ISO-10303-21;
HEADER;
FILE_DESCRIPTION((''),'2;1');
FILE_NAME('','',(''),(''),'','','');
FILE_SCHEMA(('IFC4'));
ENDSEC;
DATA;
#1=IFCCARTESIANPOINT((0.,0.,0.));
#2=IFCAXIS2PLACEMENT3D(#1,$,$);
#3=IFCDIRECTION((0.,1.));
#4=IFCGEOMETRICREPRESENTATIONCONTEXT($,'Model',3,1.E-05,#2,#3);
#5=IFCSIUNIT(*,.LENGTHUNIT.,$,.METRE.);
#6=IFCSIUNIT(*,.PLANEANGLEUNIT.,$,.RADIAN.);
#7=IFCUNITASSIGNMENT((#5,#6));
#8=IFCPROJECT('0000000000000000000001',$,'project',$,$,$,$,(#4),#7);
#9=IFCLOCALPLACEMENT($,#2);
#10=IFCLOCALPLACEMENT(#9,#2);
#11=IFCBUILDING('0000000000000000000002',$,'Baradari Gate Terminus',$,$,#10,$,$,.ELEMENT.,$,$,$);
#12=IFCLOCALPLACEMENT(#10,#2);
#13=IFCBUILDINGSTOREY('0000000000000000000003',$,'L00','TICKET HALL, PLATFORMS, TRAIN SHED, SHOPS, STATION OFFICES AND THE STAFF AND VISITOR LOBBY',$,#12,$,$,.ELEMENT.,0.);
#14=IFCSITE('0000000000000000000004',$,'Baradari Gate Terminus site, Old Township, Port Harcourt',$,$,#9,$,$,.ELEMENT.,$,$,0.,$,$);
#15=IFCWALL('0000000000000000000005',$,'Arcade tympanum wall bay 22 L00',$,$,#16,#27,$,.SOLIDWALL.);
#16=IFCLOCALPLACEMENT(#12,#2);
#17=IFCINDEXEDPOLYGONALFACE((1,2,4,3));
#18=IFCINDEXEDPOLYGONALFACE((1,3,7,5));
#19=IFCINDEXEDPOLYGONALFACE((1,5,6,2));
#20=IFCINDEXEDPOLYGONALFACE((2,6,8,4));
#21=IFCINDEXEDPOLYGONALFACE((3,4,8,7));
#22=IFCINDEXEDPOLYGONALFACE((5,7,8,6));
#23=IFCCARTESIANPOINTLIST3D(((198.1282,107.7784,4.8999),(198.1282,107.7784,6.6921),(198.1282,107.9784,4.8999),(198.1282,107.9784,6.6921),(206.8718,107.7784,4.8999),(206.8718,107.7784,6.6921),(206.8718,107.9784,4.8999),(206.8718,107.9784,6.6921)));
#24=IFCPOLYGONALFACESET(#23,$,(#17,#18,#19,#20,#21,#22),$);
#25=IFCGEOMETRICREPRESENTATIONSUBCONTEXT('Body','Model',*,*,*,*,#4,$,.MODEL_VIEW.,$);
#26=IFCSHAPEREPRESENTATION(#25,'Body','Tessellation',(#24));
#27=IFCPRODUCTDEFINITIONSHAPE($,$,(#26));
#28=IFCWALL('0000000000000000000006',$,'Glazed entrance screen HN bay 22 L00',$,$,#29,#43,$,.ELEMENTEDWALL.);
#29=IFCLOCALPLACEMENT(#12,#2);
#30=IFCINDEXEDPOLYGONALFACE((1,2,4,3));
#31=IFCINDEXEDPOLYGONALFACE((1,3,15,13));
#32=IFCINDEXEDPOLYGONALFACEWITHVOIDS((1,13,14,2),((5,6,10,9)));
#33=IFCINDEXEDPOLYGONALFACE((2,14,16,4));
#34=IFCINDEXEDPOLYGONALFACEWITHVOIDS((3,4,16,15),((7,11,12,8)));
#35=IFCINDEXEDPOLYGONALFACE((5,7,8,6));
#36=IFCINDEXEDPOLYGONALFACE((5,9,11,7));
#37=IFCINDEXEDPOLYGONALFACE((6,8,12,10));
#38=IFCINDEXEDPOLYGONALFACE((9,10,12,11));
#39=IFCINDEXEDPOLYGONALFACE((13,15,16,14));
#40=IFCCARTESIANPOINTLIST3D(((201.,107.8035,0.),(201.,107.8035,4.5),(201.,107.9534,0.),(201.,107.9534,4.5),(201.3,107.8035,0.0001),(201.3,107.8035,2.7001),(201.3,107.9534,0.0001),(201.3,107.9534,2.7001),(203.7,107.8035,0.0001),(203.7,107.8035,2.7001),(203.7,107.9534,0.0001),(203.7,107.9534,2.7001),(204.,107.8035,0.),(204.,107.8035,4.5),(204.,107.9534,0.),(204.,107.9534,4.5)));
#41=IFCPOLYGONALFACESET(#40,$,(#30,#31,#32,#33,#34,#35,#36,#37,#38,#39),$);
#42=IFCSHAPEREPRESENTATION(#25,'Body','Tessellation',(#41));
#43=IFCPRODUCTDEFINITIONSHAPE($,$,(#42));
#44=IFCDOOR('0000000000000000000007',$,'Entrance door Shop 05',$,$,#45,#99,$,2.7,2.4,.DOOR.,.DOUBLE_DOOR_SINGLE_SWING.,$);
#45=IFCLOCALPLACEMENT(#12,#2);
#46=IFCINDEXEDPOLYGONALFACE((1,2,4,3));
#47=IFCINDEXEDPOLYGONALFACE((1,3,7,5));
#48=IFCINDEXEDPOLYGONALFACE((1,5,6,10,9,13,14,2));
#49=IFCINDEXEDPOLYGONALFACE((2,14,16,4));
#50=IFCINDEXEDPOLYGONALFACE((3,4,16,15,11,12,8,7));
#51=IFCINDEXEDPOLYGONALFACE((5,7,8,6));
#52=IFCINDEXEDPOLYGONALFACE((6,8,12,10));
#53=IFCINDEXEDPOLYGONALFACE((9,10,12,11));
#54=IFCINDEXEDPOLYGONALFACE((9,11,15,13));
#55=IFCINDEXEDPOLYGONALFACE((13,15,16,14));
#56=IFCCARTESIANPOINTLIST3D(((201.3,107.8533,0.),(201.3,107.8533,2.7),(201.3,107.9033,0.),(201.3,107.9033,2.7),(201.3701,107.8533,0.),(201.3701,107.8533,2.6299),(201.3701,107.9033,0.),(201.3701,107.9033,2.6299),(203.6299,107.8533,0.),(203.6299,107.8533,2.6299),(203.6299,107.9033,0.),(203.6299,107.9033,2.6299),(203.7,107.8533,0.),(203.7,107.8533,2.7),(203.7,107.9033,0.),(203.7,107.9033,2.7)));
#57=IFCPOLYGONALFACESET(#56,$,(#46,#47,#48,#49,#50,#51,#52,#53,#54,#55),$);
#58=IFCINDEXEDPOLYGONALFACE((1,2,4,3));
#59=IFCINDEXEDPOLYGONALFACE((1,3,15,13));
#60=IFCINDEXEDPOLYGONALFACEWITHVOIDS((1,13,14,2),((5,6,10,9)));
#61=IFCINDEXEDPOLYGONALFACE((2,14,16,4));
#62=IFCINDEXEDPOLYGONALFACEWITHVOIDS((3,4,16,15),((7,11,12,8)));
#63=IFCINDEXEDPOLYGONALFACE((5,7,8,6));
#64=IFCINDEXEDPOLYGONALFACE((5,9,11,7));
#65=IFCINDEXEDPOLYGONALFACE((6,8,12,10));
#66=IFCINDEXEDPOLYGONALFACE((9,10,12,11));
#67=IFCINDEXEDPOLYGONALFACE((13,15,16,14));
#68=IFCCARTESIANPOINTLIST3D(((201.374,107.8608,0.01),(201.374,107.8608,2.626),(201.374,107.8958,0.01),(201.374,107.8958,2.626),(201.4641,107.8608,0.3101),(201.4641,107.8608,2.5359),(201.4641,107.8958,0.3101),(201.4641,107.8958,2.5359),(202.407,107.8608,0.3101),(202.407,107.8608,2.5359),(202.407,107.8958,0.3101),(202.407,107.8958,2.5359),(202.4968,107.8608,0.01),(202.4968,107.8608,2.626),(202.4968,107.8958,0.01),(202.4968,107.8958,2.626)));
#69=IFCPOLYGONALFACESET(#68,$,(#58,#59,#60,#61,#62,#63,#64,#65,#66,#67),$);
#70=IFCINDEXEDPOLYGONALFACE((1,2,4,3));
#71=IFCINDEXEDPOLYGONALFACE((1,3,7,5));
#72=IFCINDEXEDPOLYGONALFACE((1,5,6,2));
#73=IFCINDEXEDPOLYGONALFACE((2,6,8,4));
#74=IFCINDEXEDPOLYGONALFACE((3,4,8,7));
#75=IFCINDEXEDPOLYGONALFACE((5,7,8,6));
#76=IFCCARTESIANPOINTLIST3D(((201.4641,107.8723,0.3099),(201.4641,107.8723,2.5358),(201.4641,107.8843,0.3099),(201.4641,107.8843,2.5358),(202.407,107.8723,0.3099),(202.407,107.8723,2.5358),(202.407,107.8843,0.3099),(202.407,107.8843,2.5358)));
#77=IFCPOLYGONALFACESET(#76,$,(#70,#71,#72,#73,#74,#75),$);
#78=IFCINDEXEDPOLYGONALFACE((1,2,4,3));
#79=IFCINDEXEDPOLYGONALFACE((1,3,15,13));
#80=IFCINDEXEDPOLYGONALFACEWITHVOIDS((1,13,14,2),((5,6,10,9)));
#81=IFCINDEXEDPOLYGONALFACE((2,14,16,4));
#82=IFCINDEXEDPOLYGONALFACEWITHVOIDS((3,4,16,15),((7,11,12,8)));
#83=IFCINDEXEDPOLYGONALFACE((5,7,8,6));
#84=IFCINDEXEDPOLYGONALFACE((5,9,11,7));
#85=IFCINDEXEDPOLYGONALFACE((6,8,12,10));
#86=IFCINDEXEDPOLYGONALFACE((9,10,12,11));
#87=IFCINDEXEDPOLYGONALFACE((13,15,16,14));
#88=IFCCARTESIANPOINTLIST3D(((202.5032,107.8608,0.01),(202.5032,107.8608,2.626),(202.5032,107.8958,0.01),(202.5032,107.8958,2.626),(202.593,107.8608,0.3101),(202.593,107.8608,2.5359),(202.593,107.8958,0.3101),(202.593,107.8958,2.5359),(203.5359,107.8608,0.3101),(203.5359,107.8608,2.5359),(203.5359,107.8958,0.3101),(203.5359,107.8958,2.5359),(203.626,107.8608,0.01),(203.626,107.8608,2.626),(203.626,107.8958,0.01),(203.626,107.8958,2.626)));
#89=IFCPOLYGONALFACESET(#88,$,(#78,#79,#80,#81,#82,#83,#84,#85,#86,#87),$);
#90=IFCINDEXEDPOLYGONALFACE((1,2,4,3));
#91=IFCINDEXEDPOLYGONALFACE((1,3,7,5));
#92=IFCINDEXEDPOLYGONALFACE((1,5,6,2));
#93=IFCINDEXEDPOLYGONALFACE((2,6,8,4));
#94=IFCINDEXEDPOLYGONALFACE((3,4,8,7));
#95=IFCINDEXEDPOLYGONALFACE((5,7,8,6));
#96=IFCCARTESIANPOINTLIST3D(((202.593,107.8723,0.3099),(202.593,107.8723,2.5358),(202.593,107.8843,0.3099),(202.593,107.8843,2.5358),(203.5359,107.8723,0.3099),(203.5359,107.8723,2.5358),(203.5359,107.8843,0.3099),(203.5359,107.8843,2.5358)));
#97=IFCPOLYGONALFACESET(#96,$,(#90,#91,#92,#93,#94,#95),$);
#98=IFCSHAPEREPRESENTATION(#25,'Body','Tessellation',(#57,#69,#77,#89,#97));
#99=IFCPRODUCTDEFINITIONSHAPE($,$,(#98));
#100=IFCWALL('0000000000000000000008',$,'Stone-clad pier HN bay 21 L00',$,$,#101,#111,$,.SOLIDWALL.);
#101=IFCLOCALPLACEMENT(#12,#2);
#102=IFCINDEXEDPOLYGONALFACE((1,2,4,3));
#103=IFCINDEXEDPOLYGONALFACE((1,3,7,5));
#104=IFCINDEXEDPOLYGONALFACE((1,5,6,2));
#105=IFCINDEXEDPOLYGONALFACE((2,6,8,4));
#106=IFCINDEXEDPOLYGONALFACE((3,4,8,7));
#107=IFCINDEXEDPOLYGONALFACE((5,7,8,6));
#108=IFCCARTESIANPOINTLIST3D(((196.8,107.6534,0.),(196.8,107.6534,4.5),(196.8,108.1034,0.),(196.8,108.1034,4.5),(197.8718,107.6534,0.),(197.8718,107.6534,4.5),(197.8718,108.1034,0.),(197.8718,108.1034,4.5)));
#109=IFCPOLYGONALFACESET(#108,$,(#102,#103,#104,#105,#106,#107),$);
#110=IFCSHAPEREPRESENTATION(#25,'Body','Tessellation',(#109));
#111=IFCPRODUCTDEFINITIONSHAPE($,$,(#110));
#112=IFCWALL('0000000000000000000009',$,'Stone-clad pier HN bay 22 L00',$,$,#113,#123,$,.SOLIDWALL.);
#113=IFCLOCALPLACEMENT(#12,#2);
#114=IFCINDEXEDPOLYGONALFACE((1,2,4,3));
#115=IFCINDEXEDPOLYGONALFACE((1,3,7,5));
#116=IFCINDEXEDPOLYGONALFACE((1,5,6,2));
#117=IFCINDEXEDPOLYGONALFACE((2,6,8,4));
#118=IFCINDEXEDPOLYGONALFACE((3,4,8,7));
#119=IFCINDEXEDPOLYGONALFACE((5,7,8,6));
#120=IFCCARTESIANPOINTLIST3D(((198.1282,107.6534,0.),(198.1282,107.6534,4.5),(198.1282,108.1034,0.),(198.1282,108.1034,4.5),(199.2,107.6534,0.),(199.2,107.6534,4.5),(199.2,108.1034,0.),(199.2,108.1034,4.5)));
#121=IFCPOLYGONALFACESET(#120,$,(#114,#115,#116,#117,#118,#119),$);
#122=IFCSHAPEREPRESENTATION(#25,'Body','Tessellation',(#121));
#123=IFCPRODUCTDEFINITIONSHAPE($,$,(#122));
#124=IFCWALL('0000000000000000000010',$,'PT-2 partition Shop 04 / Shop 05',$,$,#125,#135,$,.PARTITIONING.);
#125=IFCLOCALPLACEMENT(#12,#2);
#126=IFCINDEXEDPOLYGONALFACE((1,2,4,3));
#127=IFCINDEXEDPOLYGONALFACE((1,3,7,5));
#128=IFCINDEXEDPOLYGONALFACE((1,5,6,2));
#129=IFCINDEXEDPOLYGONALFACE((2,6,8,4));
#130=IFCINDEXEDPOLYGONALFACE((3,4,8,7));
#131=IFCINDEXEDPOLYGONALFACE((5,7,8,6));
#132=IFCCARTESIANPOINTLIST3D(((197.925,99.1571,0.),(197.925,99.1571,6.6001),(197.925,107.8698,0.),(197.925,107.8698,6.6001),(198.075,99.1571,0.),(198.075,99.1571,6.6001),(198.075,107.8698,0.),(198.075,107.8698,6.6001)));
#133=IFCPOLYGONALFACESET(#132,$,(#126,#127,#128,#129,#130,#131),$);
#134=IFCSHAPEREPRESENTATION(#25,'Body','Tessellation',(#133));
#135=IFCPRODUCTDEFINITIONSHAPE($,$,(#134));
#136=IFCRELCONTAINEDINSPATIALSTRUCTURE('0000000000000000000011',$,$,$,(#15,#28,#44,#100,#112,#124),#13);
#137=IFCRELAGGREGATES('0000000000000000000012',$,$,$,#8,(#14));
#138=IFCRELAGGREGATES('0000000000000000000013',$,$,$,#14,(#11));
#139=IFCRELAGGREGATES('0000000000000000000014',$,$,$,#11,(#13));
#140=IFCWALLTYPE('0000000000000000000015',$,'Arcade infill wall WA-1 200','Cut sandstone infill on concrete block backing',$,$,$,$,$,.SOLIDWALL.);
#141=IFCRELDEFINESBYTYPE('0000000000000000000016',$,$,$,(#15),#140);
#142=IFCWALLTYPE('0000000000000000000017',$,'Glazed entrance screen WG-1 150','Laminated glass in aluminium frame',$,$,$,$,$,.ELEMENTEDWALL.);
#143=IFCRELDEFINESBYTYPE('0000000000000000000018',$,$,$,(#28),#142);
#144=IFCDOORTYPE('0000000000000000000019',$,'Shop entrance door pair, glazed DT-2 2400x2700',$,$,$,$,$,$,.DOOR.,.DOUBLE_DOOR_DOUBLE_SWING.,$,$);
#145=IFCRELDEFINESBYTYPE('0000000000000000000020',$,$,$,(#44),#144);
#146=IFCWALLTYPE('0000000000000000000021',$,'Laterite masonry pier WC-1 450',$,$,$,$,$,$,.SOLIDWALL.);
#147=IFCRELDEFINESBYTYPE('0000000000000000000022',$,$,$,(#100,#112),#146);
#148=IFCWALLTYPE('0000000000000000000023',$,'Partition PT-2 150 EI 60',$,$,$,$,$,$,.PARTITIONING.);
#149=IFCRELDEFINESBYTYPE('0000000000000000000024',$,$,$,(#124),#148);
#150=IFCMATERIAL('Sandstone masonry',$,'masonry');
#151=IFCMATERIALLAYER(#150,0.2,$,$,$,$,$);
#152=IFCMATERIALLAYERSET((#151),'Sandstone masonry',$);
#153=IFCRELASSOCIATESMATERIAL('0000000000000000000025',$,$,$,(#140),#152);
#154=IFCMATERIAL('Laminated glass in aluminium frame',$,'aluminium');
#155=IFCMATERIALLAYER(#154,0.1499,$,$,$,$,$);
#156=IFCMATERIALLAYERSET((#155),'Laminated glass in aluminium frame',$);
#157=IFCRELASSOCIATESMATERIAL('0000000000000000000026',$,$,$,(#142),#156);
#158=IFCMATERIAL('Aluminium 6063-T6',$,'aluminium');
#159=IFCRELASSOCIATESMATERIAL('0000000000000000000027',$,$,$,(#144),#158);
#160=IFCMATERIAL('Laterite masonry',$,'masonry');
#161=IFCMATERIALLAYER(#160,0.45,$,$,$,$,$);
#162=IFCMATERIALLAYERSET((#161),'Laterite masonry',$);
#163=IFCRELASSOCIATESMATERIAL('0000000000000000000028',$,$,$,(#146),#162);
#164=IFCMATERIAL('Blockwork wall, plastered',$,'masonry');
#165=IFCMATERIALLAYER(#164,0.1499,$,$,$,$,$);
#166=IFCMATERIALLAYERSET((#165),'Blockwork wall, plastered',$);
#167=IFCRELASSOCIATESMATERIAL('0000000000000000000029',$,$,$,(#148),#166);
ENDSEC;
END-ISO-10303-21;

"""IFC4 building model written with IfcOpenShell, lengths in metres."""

from ifc_helpers import new_model, si_unit, direction, frame, frame_2d, origin, place, context, subcontext, project, spatial, polyline, rectangle, outline, extrude, material, layer, layer_set, type_object, element, fill, save


model = new_model("IFC4")

# Units and contexts
model_context = context("Model", 3, precision=1e-05, world=origin(), true_north=direction((0.0, 1.0)))
body_context = subcontext(model_context, "Body", "Model", "MODEL_VIEW")
ifc_project = project(units=[si_unit("LENGTHUNIT", "METRE"), si_unit("PLANEANGLEUNIT", "RADIAN")], contexts=[model_context])

# Site, building, storey
site_placement = place(None, origin())
site = spatial("IfcSite", under=ifc_project, at=site_placement, Name="Baradari Gate Terminus site, Old Township, Port Harcourt", CompositionType="ELEMENT", RefElevation=0.0)
building_placement = place(site_placement, origin())
building = spatial("IfcBuilding", under=site, at=building_placement, Name="Baradari Gate Terminus", CompositionType="ELEMENT")
storey_placement = place(building_placement, origin())
storey = spatial("IfcBuildingStorey", under=building, at=storey_placement, Name="L00", Description="TICKET HALL, PLATFORMS, TRAIN SHED, SHOPS, STATION OFFICES AND THE STAFF AND VISITOR LOBBY", CompositionType="ELEMENT", Elevation=0.0)

# Wall
ifc_material_1 = material(Name="Sandstone masonry", Category="masonry")
ifc_layer_1 = layer(ifc_material_1, 0.2)
ifc_layer_set_1 = layer_set([ifc_layer_1], Name="Sandstone masonry")
wall_type_1 = type_object("IfcWallType", Name="Arcade infill wall WA-1 200", Description="Cut sandstone infill on concrete block backing", PredefinedType="SOLIDWALL", material=ifc_layer_set_1)
wall_1_placement = place(storey_placement, frame((198.1282, 107.8784, 4.8999), z_axis=(0.0, 0.0, 1.0), x_axis=(1.0, 0.0, 0.0)))
element("IfcWall", 1, at=wall_1_placement, inside=storey, type_object=wall_type_1, Name="Arcade tympanum wall bay 22 L00", PredefinedType="SOLIDWALL", context=body_context, shape_type="SweptSolid", body=[
    extrude(rectangle(XDim=8.7437, YDim=0.2, at=frame_2d((4.3718, 0.0))), origin(), (0.0, 0.0, 1.0), 1.7922),
])

# Wall, opening, door
ifc_material_2 = material(Name="Laminated glass in aluminium frame", Category="aluminium")
ifc_layer_2 = layer(ifc_material_2, 0.1499)
ifc_layer_set_2 = layer_set([ifc_layer_2], Name="Laminated glass in aluminium frame")
wall_type_2 = type_object("IfcWallType", Name="Glazed entrance screen WG-1 150", Description="Laminated glass in aluminium frame", PredefinedType="ELEMENTEDWALL", material=ifc_layer_set_2)
wall_2_placement = place(storey_placement, frame((201.0, 107.8784, 0.0), z_axis=(0.0, 0.0, 1.0), x_axis=(1.0, 0.0, 0.0)))
wall_2 = element("IfcWall", 2, at=wall_2_placement, inside=storey, type_object=wall_type_2, Name="Glazed entrance screen HN bay 22 L00", PredefinedType="ELEMENTEDWALL", context=body_context, shape_type="SweptSolid", body=[
    extrude(rectangle(XDim=3.0, YDim=0.1499, at=frame_2d((1.5, 0.0))), origin(), (0.0, 0.0, 1.0), 4.5),
])
opening_placement = place(wall_2_placement, frame((0.3, 0.0, 0.0)))
opening = element("IfcOpeningElement", 3, at=opening_placement, cuts=wall_2, PredefinedType="OPENING", context=body_context, shape_type="SweptSolid", body=[
    extrude(rectangle(XDim=2.3999, YDim=2.7, at=frame_2d((1.2, 1.3501))), frame((0.0, 0.085, 0.0), z_axis=(0.0, -1.0, 0.0), x_axis=(1.0, 0.0, 0.0)), (0.0, 0.0, 1.0), 0.1699),
])
ifc_material_3 = material(Name="Aluminium 6063-T6", Category="aluminium")
door_type = type_object("IfcDoorType", Name="Shop entrance door pair, glazed DT-2 2400x2700", OperationType="DOUBLE_DOOR_DOUBLE_SWING", PredefinedType="DOOR", material=ifc_material_3)
door_placement = place(opening_placement, origin())
door = element("IfcDoor", 4, at=door_placement, inside=storey, type_object=door_type, Name="Entrance door Shop 05", OperationType="DOUBLE_DOOR_SINGLE_SWING", OverallHeight=2.7, OverallWidth=2.4, PredefinedType="DOOR", context=body_context, shape_type="SweptSolid", body=[
    extrude(outline(polyline([(0.0, 0.0), (0.0701, 0.0), (0.0701, 2.6299), (2.3298, 2.6299), (2.3298, 0.0), (2.3999, 0.0), (2.3999, 2.7), (0.0, 2.7), (0.0, 0.0)])), frame((0.0, 0.0249, 0.0), z_axis=(0.0, -1.0, 0.0), x_axis=(1.0, 0.0, 0.0)), (0.0, 0.0, 1.0), 0.05),
    extrude(outline(polyline([(0.074, 0.01), (1.1968, 0.01), (1.1968, 2.626), (0.074, 2.626), (0.074, 0.01)]), holes=[polyline([(0.1641, 0.3101), (1.1069, 0.3101), (1.1069, 2.5359), (0.1641, 2.5359), (0.1641, 0.3101)])]), frame((0.0, 0.0173, 0.0), z_axis=(0.0, -1.0, 0.0), x_axis=(1.0, 0.0, 0.0)), (0.0, 0.0, 1.0), 0.0349),
    extrude(rectangle(XDim=0.9429, YDim=2.2258, at=frame_2d((0.6355, 1.4229))), frame((0.0, 0.0059, 0.0), z_axis=(0.0, -1.0, 0.0), x_axis=(1.0, 0.0, 0.0)), (0.0, 0.0, 1.0), 0.012),
    extrude(outline(polyline([(1.2031, 0.01), (2.3259, 0.01), (2.3259, 2.626), (1.2031, 2.626), (1.2031, 0.01)]), holes=[polyline([(1.293, 0.3101), (2.2358, 0.3101), (2.2358, 2.5359), (1.293, 2.5359), (1.293, 0.3101)])]), frame((0.0, 0.0173, 0.0), z_axis=(0.0, -1.0, 0.0), x_axis=(1.0, 0.0, 0.0)), (0.0, 0.0, 1.0), 0.0349),
    extrude(rectangle(XDim=0.9429, YDim=2.2258, at=frame_2d((1.7644, 1.4229))), frame((0.0, 0.0059, 0.0), z_axis=(0.0, -1.0, 0.0), x_axis=(1.0, 0.0, 0.0)), (0.0, 0.0, 1.0), 0.012),
])
fill(opening, door)

# Walls
ifc_material_4 = material(Name="Laterite masonry", Category="masonry")
ifc_layer_3 = layer(ifc_material_4, 0.45)
ifc_layer_set_3 = layer_set([ifc_layer_3], Name="Laterite masonry")
wall_type_3 = type_object("IfcWallType", Name="Laterite masonry pier WC-1 450", PredefinedType="SOLIDWALL", material=ifc_layer_set_3)
for number, where, z_axis, x_axis, name in (
    (5, (196.8, 107.8784, 0.0), (0.0, 0.0, 1.0), (1.0, 0.0, 0.0), "Stone-clad pier HN bay 21 L00"),
    (6, (198.1282, 107.8784, 0.0), (0.0, 0.0, 1.0), (1.0, 0.0, 0.0), "Stone-clad pier HN bay 22 L00"),
):
    element("IfcWall", number, at=place(storey_placement, frame(where, z_axis=z_axis, x_axis=x_axis)), inside=storey, type_object=wall_type_3, Name=name, PredefinedType="SOLIDWALL", context=body_context, shape_type="SweptSolid", body=[
        extrude(rectangle(XDim=1.0718, YDim=0.45, at=frame_2d((0.5359, 0.0))), origin(), (0.0, 0.0, 1.0), 4.5),
    ])
ifc_material_5 = material(Name="Blockwork wall, plastered", Category="masonry")
ifc_layer_4 = layer(ifc_material_5, 0.1499)
ifc_layer_set_4 = layer_set([ifc_layer_4], Name="Blockwork wall, plastered")
wall_type_4 = type_object("IfcWallType", Name="Partition PT-2 150 EI 60", PredefinedType="PARTITIONING", material=ifc_layer_set_4)
wall_3_placement = place(storey_placement, frame((198.0, 107.8699, 0.0), z_axis=(0.0, 0.0, 1.0), x_axis=(0.0, -1.0, 0.0)))
element("IfcWall", 7, at=wall_3_placement, inside=storey, type_object=wall_type_4, Name="PT-2 partition Shop 04 / Shop 05", PredefinedType="PARTITIONING", context=body_context, shape_type="SweptSolid", body=[
    extrude(rectangle(XDim=8.7126, YDim=0.1499, at=frame_2d((4.3564, 0.0))), origin(), (0.0, 0.0, 1.0), 6.6001),
])

save(model, "model.ifc")
